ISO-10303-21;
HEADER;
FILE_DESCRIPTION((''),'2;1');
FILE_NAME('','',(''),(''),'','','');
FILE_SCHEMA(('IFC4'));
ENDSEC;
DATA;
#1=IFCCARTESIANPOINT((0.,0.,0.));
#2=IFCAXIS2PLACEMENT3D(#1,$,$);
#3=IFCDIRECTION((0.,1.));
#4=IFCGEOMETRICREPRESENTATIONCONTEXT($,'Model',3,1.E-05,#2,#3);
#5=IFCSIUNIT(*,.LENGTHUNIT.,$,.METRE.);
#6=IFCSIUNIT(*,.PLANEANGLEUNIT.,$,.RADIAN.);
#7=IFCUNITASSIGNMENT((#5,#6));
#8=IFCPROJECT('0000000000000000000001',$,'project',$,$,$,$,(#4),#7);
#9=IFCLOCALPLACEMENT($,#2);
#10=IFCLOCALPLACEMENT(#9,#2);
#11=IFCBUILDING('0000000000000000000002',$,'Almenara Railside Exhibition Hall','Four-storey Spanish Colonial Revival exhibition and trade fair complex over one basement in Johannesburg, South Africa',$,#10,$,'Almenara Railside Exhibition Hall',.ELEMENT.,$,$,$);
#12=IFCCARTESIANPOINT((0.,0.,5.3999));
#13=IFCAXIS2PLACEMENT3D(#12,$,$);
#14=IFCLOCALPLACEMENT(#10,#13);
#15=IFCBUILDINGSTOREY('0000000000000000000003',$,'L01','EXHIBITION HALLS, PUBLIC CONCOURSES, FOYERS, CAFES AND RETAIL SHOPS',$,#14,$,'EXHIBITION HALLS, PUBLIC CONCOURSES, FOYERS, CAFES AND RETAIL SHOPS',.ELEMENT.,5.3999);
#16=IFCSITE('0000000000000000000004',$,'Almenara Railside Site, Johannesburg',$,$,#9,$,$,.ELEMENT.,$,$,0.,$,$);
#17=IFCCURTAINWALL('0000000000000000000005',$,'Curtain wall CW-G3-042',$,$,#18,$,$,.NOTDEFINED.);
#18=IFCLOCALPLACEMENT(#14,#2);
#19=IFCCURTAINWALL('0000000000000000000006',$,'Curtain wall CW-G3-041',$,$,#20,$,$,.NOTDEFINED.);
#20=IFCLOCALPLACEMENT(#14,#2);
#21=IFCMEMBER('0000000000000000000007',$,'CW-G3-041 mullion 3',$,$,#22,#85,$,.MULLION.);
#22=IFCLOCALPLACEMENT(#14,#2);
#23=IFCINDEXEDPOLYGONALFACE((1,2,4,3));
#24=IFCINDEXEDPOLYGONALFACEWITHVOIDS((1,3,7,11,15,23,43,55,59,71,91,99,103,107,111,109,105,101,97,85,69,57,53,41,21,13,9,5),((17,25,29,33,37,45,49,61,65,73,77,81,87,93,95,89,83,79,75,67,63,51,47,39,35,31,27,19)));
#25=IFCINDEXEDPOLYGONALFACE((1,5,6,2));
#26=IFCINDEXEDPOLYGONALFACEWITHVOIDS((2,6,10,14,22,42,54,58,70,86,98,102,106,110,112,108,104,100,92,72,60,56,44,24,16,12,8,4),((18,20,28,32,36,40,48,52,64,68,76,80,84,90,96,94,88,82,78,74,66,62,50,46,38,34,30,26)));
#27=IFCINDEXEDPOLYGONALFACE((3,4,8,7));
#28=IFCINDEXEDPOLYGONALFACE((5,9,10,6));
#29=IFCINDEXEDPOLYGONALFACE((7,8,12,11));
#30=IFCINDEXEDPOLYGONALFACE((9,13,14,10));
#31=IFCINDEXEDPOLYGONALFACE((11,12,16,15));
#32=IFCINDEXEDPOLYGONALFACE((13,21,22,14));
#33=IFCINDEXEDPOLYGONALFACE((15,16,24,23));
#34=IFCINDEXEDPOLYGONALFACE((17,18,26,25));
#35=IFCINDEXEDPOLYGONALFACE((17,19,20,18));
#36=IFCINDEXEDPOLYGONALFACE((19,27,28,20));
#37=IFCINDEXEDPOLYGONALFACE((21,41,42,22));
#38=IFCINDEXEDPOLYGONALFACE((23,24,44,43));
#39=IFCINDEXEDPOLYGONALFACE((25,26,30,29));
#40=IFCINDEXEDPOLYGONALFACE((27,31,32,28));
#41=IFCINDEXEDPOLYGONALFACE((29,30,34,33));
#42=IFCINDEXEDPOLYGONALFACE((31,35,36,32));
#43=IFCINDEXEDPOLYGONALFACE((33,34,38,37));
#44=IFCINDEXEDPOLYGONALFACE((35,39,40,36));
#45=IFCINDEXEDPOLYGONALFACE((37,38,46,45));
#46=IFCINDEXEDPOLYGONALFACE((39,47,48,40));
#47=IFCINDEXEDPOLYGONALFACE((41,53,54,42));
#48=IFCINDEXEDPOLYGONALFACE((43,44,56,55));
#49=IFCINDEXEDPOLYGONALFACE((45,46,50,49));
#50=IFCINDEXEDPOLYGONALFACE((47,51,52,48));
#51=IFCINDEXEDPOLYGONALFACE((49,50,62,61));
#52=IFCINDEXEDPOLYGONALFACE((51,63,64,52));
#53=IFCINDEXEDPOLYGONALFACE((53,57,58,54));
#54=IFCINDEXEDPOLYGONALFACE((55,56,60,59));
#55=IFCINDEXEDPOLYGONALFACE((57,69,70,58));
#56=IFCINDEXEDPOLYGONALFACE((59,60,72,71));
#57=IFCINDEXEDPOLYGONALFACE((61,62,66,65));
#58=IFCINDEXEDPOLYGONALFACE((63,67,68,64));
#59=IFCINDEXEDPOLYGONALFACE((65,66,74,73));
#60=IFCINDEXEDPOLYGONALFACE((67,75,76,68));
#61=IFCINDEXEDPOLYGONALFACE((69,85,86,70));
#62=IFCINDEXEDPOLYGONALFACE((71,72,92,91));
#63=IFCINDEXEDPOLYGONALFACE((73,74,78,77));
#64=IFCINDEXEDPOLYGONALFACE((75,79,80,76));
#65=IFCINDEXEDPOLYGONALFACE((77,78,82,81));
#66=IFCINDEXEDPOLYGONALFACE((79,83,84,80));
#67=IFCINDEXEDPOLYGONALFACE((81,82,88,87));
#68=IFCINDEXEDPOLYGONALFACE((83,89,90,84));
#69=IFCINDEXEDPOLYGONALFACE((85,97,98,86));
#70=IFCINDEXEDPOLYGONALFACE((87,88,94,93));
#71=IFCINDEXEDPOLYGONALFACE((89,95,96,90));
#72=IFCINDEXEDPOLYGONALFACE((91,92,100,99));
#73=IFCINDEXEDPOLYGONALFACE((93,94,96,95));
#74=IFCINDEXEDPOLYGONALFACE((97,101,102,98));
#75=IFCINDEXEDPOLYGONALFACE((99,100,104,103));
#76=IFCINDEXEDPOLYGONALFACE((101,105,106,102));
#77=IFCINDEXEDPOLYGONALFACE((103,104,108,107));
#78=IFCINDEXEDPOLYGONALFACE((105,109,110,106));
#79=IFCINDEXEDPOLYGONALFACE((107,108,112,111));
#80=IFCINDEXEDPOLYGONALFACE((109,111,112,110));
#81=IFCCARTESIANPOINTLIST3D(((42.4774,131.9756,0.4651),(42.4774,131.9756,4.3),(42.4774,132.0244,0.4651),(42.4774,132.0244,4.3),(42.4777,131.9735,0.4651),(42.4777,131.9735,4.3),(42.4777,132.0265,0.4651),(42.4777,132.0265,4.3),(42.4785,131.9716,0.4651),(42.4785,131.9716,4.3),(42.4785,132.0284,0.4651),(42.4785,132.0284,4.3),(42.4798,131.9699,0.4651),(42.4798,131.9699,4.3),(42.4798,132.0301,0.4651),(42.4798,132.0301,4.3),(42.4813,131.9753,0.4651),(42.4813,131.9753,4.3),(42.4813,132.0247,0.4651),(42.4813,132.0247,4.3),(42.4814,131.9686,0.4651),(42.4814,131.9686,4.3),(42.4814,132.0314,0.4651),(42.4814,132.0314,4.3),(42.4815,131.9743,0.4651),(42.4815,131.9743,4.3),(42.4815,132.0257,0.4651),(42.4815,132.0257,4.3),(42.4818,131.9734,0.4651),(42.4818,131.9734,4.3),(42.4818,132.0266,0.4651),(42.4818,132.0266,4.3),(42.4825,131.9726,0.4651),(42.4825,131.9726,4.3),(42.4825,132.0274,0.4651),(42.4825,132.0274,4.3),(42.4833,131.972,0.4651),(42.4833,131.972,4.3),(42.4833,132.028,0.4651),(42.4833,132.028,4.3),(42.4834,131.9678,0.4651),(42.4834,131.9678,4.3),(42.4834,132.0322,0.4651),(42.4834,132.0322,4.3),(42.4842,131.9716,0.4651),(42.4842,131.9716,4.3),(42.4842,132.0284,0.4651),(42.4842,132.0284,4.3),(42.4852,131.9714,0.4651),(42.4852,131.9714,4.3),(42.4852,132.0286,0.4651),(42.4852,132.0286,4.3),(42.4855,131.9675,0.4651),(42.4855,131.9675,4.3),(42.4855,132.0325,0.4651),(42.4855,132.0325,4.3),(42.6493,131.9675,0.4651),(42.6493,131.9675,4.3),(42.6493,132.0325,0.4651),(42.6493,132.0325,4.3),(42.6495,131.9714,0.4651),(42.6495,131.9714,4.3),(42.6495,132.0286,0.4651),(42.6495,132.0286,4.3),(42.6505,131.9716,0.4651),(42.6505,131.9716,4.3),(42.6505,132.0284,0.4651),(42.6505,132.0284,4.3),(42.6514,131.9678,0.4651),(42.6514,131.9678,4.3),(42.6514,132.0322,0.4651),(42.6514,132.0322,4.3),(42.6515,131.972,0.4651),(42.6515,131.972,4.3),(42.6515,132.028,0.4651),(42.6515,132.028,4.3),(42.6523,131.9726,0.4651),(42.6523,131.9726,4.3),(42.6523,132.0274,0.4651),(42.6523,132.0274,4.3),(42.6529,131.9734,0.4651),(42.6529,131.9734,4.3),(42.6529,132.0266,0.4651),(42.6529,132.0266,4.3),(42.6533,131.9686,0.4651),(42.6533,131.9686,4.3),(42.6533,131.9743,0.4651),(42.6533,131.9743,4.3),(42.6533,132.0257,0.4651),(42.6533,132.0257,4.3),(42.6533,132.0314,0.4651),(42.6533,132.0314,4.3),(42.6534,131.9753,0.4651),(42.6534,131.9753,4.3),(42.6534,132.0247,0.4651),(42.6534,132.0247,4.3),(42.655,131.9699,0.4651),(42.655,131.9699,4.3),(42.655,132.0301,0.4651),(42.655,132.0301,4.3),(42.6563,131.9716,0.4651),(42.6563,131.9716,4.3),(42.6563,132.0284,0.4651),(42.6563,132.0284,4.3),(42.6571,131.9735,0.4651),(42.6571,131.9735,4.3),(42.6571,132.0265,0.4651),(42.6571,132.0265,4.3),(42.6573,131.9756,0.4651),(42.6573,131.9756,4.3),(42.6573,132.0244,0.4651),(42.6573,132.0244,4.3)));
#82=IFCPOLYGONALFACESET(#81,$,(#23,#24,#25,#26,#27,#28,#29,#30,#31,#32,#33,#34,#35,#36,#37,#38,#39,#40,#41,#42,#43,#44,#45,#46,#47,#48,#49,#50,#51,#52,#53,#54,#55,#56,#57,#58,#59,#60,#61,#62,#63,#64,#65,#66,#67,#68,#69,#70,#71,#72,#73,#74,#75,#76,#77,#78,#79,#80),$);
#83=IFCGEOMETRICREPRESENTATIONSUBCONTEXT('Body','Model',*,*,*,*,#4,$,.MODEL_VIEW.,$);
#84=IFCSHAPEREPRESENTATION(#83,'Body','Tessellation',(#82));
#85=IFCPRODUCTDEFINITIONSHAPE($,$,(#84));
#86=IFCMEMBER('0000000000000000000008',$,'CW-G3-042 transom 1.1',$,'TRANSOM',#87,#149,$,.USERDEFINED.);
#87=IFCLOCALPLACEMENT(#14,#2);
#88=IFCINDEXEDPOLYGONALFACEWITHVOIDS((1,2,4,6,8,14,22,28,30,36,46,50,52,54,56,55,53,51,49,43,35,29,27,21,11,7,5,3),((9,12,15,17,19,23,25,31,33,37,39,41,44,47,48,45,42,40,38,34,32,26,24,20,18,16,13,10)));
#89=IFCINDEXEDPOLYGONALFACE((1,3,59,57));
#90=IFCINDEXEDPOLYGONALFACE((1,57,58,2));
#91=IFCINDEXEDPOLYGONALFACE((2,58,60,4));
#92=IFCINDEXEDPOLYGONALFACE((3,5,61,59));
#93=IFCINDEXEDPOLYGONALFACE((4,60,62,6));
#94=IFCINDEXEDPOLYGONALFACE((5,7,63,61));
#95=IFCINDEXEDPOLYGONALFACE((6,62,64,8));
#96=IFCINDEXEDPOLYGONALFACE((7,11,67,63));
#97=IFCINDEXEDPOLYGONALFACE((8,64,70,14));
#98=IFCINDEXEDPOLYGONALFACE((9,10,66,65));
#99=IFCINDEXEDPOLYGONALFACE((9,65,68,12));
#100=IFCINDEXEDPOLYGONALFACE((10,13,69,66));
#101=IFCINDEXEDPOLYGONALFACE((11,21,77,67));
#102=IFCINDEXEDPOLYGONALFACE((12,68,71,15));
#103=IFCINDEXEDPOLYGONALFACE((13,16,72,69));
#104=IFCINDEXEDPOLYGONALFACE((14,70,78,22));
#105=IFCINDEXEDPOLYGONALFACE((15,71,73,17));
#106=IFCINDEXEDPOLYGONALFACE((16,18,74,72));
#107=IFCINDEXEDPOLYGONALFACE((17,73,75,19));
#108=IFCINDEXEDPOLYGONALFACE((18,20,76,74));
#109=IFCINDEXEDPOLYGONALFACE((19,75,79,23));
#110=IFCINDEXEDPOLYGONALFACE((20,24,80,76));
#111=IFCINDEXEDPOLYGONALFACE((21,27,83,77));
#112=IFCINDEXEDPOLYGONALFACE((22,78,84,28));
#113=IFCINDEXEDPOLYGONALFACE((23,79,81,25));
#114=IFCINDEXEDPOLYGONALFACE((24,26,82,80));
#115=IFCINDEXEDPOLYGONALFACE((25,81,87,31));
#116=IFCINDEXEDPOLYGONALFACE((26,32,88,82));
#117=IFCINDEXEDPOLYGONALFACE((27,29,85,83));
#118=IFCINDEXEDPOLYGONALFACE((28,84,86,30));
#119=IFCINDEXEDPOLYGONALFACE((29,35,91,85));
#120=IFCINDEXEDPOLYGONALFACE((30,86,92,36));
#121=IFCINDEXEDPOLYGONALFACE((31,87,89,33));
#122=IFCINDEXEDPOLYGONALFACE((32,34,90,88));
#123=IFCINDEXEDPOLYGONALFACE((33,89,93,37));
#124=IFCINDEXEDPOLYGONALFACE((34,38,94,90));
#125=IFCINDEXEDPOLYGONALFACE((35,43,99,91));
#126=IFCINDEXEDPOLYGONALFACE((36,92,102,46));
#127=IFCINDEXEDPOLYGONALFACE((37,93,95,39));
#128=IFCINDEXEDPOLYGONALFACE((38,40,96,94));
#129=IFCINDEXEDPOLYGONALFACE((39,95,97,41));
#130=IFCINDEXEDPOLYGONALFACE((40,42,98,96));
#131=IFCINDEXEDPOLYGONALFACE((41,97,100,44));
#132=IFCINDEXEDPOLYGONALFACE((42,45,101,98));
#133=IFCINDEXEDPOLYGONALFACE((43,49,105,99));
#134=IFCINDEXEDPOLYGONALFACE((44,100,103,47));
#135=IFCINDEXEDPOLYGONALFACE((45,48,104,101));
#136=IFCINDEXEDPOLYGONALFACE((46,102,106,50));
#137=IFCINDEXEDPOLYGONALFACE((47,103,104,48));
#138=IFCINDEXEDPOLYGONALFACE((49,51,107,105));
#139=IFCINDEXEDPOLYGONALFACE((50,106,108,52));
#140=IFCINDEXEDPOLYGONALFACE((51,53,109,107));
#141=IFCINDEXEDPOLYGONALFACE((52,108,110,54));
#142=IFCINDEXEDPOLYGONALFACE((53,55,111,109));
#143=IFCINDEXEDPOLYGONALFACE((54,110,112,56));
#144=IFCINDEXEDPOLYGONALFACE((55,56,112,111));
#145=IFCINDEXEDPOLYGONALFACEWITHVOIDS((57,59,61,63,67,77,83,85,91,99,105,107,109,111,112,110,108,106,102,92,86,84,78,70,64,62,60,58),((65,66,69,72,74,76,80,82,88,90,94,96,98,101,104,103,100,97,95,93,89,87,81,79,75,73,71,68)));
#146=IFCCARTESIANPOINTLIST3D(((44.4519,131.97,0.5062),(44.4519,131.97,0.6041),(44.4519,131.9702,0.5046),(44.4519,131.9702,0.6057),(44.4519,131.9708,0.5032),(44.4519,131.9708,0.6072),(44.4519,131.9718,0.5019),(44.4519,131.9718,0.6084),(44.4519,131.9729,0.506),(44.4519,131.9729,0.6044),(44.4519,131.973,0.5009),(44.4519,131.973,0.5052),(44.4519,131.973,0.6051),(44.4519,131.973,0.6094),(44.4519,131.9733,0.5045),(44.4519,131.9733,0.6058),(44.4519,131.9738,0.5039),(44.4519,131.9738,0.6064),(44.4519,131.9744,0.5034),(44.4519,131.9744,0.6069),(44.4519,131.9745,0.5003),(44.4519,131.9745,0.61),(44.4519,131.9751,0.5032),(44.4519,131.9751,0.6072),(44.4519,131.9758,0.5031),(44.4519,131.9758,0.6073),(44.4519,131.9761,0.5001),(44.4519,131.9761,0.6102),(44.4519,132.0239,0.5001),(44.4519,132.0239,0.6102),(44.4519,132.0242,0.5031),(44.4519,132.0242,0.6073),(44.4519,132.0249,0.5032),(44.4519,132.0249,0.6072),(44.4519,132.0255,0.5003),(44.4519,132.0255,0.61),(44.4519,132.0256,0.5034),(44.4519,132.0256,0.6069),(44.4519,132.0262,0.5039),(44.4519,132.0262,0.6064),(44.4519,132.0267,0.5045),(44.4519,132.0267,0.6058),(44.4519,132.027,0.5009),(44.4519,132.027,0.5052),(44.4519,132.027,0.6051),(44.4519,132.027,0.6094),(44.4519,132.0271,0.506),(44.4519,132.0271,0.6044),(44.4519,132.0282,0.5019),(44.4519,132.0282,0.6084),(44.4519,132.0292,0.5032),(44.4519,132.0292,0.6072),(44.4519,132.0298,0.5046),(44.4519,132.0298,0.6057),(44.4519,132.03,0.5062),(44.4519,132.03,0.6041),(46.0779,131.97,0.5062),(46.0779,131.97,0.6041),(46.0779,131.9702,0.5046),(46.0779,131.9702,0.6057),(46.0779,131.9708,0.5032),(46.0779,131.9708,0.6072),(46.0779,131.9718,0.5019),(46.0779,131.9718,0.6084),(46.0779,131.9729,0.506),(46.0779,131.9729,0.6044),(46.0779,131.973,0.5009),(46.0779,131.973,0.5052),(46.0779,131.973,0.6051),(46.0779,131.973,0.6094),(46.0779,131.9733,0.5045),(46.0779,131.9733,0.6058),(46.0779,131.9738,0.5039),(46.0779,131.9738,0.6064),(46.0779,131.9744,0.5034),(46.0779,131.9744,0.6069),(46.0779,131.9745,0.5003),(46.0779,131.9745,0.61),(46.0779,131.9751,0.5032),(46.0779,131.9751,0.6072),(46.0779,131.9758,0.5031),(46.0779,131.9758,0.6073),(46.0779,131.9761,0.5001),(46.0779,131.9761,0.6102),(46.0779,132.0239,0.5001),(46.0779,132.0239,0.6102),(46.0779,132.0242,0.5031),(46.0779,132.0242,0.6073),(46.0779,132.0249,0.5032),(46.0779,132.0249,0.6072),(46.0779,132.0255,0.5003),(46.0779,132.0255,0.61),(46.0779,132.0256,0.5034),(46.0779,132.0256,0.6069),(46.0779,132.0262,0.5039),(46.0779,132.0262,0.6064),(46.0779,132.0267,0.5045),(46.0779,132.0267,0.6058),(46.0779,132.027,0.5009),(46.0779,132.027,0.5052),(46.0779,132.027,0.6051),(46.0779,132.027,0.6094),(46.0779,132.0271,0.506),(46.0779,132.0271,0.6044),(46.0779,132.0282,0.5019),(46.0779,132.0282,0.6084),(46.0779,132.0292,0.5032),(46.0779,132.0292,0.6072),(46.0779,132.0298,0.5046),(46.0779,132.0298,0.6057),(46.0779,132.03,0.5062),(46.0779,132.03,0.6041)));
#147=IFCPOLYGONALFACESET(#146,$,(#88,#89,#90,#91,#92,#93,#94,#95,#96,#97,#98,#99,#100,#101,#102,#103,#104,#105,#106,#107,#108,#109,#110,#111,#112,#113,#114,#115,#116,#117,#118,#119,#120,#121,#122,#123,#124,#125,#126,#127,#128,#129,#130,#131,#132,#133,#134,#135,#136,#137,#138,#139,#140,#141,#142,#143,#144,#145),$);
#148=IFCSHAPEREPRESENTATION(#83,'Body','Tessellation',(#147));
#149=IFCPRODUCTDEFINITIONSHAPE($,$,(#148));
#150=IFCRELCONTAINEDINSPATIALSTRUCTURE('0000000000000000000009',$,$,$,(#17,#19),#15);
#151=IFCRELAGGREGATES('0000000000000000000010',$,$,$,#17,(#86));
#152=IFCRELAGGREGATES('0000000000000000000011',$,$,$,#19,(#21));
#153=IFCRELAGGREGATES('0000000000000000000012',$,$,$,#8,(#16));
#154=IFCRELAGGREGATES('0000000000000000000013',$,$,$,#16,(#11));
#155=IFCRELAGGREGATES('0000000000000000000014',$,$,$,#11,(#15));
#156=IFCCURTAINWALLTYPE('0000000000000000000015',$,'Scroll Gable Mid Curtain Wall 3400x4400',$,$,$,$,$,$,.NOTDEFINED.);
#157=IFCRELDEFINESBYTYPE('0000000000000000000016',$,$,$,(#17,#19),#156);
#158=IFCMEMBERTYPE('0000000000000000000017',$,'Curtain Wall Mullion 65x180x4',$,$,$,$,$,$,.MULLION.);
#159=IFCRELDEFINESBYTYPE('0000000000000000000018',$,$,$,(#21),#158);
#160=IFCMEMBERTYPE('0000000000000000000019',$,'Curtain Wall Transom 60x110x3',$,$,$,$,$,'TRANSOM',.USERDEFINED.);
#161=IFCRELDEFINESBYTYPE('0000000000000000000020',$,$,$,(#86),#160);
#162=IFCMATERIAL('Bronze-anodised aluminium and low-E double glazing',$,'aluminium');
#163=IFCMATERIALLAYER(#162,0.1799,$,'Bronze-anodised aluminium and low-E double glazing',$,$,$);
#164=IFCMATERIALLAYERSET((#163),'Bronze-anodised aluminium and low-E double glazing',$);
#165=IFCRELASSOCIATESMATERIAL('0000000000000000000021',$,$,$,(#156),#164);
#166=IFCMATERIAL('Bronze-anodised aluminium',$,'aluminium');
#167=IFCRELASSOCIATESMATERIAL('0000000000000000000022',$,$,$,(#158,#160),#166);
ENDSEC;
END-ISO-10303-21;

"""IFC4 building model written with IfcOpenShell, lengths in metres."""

from ifc_helpers import new_model, si_unit, direction, frame, origin, origin_2d, place, context, subcontext, project, spatial, hollow_rectangle, extrude, material, layer, layer_set, material_profile, profile_set, type_object, element, aggregate, save


model = new_model("IFC4")

# Units and contexts
model_context = context("Model", 3, precision=1e-05, world=origin(), true_north=direction((0.0, 1.0)))
body_context = subcontext(model_context, "Body", "Model", "MODEL_VIEW")
ifc_project = project(units=[si_unit("LENGTHUNIT", "METRE"), si_unit("PLANEANGLEUNIT", "RADIAN")], contexts=[model_context])

# Site, building, storey
site_placement = place(None, origin())
site = spatial("IfcSite", under=ifc_project, at=site_placement, Name="Almenara Railside Site, Johannesburg", CompositionType="ELEMENT", RefElevation=0.0)
building_placement = place(site_placement, origin())
building = spatial("IfcBuilding", under=site, at=building_placement, Name="Almenara Railside Exhibition Hall", Description="Four-storey Spanish Colonial Revival exhibition and trade fair complex over one basement in Johannesburg, South Africa", LongName="Almenara Railside Exhibition Hall", CompositionType="ELEMENT")
storey_placement = place(building_placement, frame((0.0, 0.0, 5.3999)))
storey = spatial("IfcBuildingStorey", under=building, at=storey_placement, Name="L01", Description="EXHIBITION HALLS, PUBLIC CONCOURSES, FOYERS, CAFES AND RETAIL SHOPS", LongName="EXHIBITION HALLS, PUBLIC CONCOURSES, FOYERS, CAFES AND RETAIL SHOPS", CompositionType="ELEMENT", Elevation=5.3999)

# Curtain wall
ifc_material_1 = material(Name="Bronze-anodised aluminium and low-E double glazing", Category="aluminium")
ifc_layer_1 = layer(ifc_material_1, 0.1799, Name="Bronze-anodised aluminium and low-E double glazing")
ifc_layer_set_1 = layer_set([ifc_layer_1], Name="Bronze-anodised aluminium and low-E double glazing")
curtain_wall_type = type_object("IfcCurtainWallType", Name="Scroll Gable Mid Curtain Wall 3400x4400", PredefinedType="NOTDEFINED", material=ifc_layer_set_1)
curtain_wall_1_placement = place(storey_placement, origin())
curtain_wall_1 = element("IfcCurtainWall", 1, at=curtain_wall_1_placement, inside=storey, type_object=curtain_wall_type, Name="Curtain wall CW-G3-042", PredefinedType="NOTDEFINED")
ifc_material_2 = material(Name="Bronze-anodised aluminium", Category="aluminium")

# Curtain wall, member
curtain_wall_2_placement = place(storey_placement, origin())
curtain_wall_2 = element("IfcCurtainWall", 2, at=curtain_wall_2_placement, inside=storey, type_object=curtain_wall_type, Name="Curtain wall CW-G3-041", PredefinedType="NOTDEFINED")
ifc_material_profile_1 = material_profile(ifc_material_2, hollow_rectangle(XDim=0.0649, YDim=0.1799, WallThickness=0.0039, InnerFilletRadius=0.0039, OuterFilletRadius=0.0081, at=origin_2d()), Name="ALU-MUL 65x180x4")
ifc_profile_set_1 = profile_set([ifc_material_profile_1], Name="Bronze-anodised aluminium")
member_type_1 = type_object("IfcMemberType", Name="Curtain Wall Mullion 65x180x4", PredefinedType="MULLION", material=ifc_profile_set_1)
member_1_placement = place(storey_placement, frame((42.5674, 132.0, 0.4651), z_axis=(0.0, 0.0, 1.0), x_axis=(0.0, 1.0, 0.0)))
member_1 = element("IfcMember", 3, at=member_1_placement, type_object=member_type_1, Name="CW-G3-041 mullion 3", PredefinedType="MULLION", context=body_context, shape_type="SweptSolid", body=[
    extrude(hollow_rectangle(XDim=0.0649, YDim=0.1799, WallThickness=0.0039, InnerFilletRadius=0.0039, OuterFilletRadius=0.0081, at=origin_2d()), origin(), (0.0, 0.0, 1.0), 3.835),
])

# Member
ifc_material_profile_2 = material_profile(ifc_material_2, hollow_rectangle(XDim=0.0601, YDim=0.1101, WallThickness=0.0029, InnerFilletRadius=0.0029, OuterFilletRadius=0.0061, at=origin_2d()), Name="ALU-TRN 60x110x3")
ifc_profile_set_2 = profile_set([ifc_material_profile_2], Name="Bronze-anodised aluminium")
member_type_2 = type_object("IfcMemberType", Name="Curtain Wall Transom 60x110x3", ElementType="TRANSOM", PredefinedType="USERDEFINED", material=ifc_profile_set_2)
member_2_placement = place(storey_placement, frame((44.4519, 132.0, 0.5552), z_axis=(1.0, 0.0, 0.0), x_axis=(0.0, 1.0, 0.0)))
member_2 = element("IfcMember", 4, at=member_2_placement, type_object=member_type_2, Name="CW-G3-042 transom 1.1", ObjectType="TRANSOM", PredefinedType="USERDEFINED", context=body_context, shape_type="SweptSolid", body=[
    extrude(hollow_rectangle(XDim=0.0601, YDim=0.1101, WallThickness=0.0029, InnerFilletRadius=0.0029, OuterFilletRadius=0.0061, at=origin_2d()), origin(), (0.0, 0.0, 1.0), 1.626),
])

aggregate(curtain_wall_1, [member_2])
aggregate(curtain_wall_2, [member_1])

save(model, "model.ifc")
